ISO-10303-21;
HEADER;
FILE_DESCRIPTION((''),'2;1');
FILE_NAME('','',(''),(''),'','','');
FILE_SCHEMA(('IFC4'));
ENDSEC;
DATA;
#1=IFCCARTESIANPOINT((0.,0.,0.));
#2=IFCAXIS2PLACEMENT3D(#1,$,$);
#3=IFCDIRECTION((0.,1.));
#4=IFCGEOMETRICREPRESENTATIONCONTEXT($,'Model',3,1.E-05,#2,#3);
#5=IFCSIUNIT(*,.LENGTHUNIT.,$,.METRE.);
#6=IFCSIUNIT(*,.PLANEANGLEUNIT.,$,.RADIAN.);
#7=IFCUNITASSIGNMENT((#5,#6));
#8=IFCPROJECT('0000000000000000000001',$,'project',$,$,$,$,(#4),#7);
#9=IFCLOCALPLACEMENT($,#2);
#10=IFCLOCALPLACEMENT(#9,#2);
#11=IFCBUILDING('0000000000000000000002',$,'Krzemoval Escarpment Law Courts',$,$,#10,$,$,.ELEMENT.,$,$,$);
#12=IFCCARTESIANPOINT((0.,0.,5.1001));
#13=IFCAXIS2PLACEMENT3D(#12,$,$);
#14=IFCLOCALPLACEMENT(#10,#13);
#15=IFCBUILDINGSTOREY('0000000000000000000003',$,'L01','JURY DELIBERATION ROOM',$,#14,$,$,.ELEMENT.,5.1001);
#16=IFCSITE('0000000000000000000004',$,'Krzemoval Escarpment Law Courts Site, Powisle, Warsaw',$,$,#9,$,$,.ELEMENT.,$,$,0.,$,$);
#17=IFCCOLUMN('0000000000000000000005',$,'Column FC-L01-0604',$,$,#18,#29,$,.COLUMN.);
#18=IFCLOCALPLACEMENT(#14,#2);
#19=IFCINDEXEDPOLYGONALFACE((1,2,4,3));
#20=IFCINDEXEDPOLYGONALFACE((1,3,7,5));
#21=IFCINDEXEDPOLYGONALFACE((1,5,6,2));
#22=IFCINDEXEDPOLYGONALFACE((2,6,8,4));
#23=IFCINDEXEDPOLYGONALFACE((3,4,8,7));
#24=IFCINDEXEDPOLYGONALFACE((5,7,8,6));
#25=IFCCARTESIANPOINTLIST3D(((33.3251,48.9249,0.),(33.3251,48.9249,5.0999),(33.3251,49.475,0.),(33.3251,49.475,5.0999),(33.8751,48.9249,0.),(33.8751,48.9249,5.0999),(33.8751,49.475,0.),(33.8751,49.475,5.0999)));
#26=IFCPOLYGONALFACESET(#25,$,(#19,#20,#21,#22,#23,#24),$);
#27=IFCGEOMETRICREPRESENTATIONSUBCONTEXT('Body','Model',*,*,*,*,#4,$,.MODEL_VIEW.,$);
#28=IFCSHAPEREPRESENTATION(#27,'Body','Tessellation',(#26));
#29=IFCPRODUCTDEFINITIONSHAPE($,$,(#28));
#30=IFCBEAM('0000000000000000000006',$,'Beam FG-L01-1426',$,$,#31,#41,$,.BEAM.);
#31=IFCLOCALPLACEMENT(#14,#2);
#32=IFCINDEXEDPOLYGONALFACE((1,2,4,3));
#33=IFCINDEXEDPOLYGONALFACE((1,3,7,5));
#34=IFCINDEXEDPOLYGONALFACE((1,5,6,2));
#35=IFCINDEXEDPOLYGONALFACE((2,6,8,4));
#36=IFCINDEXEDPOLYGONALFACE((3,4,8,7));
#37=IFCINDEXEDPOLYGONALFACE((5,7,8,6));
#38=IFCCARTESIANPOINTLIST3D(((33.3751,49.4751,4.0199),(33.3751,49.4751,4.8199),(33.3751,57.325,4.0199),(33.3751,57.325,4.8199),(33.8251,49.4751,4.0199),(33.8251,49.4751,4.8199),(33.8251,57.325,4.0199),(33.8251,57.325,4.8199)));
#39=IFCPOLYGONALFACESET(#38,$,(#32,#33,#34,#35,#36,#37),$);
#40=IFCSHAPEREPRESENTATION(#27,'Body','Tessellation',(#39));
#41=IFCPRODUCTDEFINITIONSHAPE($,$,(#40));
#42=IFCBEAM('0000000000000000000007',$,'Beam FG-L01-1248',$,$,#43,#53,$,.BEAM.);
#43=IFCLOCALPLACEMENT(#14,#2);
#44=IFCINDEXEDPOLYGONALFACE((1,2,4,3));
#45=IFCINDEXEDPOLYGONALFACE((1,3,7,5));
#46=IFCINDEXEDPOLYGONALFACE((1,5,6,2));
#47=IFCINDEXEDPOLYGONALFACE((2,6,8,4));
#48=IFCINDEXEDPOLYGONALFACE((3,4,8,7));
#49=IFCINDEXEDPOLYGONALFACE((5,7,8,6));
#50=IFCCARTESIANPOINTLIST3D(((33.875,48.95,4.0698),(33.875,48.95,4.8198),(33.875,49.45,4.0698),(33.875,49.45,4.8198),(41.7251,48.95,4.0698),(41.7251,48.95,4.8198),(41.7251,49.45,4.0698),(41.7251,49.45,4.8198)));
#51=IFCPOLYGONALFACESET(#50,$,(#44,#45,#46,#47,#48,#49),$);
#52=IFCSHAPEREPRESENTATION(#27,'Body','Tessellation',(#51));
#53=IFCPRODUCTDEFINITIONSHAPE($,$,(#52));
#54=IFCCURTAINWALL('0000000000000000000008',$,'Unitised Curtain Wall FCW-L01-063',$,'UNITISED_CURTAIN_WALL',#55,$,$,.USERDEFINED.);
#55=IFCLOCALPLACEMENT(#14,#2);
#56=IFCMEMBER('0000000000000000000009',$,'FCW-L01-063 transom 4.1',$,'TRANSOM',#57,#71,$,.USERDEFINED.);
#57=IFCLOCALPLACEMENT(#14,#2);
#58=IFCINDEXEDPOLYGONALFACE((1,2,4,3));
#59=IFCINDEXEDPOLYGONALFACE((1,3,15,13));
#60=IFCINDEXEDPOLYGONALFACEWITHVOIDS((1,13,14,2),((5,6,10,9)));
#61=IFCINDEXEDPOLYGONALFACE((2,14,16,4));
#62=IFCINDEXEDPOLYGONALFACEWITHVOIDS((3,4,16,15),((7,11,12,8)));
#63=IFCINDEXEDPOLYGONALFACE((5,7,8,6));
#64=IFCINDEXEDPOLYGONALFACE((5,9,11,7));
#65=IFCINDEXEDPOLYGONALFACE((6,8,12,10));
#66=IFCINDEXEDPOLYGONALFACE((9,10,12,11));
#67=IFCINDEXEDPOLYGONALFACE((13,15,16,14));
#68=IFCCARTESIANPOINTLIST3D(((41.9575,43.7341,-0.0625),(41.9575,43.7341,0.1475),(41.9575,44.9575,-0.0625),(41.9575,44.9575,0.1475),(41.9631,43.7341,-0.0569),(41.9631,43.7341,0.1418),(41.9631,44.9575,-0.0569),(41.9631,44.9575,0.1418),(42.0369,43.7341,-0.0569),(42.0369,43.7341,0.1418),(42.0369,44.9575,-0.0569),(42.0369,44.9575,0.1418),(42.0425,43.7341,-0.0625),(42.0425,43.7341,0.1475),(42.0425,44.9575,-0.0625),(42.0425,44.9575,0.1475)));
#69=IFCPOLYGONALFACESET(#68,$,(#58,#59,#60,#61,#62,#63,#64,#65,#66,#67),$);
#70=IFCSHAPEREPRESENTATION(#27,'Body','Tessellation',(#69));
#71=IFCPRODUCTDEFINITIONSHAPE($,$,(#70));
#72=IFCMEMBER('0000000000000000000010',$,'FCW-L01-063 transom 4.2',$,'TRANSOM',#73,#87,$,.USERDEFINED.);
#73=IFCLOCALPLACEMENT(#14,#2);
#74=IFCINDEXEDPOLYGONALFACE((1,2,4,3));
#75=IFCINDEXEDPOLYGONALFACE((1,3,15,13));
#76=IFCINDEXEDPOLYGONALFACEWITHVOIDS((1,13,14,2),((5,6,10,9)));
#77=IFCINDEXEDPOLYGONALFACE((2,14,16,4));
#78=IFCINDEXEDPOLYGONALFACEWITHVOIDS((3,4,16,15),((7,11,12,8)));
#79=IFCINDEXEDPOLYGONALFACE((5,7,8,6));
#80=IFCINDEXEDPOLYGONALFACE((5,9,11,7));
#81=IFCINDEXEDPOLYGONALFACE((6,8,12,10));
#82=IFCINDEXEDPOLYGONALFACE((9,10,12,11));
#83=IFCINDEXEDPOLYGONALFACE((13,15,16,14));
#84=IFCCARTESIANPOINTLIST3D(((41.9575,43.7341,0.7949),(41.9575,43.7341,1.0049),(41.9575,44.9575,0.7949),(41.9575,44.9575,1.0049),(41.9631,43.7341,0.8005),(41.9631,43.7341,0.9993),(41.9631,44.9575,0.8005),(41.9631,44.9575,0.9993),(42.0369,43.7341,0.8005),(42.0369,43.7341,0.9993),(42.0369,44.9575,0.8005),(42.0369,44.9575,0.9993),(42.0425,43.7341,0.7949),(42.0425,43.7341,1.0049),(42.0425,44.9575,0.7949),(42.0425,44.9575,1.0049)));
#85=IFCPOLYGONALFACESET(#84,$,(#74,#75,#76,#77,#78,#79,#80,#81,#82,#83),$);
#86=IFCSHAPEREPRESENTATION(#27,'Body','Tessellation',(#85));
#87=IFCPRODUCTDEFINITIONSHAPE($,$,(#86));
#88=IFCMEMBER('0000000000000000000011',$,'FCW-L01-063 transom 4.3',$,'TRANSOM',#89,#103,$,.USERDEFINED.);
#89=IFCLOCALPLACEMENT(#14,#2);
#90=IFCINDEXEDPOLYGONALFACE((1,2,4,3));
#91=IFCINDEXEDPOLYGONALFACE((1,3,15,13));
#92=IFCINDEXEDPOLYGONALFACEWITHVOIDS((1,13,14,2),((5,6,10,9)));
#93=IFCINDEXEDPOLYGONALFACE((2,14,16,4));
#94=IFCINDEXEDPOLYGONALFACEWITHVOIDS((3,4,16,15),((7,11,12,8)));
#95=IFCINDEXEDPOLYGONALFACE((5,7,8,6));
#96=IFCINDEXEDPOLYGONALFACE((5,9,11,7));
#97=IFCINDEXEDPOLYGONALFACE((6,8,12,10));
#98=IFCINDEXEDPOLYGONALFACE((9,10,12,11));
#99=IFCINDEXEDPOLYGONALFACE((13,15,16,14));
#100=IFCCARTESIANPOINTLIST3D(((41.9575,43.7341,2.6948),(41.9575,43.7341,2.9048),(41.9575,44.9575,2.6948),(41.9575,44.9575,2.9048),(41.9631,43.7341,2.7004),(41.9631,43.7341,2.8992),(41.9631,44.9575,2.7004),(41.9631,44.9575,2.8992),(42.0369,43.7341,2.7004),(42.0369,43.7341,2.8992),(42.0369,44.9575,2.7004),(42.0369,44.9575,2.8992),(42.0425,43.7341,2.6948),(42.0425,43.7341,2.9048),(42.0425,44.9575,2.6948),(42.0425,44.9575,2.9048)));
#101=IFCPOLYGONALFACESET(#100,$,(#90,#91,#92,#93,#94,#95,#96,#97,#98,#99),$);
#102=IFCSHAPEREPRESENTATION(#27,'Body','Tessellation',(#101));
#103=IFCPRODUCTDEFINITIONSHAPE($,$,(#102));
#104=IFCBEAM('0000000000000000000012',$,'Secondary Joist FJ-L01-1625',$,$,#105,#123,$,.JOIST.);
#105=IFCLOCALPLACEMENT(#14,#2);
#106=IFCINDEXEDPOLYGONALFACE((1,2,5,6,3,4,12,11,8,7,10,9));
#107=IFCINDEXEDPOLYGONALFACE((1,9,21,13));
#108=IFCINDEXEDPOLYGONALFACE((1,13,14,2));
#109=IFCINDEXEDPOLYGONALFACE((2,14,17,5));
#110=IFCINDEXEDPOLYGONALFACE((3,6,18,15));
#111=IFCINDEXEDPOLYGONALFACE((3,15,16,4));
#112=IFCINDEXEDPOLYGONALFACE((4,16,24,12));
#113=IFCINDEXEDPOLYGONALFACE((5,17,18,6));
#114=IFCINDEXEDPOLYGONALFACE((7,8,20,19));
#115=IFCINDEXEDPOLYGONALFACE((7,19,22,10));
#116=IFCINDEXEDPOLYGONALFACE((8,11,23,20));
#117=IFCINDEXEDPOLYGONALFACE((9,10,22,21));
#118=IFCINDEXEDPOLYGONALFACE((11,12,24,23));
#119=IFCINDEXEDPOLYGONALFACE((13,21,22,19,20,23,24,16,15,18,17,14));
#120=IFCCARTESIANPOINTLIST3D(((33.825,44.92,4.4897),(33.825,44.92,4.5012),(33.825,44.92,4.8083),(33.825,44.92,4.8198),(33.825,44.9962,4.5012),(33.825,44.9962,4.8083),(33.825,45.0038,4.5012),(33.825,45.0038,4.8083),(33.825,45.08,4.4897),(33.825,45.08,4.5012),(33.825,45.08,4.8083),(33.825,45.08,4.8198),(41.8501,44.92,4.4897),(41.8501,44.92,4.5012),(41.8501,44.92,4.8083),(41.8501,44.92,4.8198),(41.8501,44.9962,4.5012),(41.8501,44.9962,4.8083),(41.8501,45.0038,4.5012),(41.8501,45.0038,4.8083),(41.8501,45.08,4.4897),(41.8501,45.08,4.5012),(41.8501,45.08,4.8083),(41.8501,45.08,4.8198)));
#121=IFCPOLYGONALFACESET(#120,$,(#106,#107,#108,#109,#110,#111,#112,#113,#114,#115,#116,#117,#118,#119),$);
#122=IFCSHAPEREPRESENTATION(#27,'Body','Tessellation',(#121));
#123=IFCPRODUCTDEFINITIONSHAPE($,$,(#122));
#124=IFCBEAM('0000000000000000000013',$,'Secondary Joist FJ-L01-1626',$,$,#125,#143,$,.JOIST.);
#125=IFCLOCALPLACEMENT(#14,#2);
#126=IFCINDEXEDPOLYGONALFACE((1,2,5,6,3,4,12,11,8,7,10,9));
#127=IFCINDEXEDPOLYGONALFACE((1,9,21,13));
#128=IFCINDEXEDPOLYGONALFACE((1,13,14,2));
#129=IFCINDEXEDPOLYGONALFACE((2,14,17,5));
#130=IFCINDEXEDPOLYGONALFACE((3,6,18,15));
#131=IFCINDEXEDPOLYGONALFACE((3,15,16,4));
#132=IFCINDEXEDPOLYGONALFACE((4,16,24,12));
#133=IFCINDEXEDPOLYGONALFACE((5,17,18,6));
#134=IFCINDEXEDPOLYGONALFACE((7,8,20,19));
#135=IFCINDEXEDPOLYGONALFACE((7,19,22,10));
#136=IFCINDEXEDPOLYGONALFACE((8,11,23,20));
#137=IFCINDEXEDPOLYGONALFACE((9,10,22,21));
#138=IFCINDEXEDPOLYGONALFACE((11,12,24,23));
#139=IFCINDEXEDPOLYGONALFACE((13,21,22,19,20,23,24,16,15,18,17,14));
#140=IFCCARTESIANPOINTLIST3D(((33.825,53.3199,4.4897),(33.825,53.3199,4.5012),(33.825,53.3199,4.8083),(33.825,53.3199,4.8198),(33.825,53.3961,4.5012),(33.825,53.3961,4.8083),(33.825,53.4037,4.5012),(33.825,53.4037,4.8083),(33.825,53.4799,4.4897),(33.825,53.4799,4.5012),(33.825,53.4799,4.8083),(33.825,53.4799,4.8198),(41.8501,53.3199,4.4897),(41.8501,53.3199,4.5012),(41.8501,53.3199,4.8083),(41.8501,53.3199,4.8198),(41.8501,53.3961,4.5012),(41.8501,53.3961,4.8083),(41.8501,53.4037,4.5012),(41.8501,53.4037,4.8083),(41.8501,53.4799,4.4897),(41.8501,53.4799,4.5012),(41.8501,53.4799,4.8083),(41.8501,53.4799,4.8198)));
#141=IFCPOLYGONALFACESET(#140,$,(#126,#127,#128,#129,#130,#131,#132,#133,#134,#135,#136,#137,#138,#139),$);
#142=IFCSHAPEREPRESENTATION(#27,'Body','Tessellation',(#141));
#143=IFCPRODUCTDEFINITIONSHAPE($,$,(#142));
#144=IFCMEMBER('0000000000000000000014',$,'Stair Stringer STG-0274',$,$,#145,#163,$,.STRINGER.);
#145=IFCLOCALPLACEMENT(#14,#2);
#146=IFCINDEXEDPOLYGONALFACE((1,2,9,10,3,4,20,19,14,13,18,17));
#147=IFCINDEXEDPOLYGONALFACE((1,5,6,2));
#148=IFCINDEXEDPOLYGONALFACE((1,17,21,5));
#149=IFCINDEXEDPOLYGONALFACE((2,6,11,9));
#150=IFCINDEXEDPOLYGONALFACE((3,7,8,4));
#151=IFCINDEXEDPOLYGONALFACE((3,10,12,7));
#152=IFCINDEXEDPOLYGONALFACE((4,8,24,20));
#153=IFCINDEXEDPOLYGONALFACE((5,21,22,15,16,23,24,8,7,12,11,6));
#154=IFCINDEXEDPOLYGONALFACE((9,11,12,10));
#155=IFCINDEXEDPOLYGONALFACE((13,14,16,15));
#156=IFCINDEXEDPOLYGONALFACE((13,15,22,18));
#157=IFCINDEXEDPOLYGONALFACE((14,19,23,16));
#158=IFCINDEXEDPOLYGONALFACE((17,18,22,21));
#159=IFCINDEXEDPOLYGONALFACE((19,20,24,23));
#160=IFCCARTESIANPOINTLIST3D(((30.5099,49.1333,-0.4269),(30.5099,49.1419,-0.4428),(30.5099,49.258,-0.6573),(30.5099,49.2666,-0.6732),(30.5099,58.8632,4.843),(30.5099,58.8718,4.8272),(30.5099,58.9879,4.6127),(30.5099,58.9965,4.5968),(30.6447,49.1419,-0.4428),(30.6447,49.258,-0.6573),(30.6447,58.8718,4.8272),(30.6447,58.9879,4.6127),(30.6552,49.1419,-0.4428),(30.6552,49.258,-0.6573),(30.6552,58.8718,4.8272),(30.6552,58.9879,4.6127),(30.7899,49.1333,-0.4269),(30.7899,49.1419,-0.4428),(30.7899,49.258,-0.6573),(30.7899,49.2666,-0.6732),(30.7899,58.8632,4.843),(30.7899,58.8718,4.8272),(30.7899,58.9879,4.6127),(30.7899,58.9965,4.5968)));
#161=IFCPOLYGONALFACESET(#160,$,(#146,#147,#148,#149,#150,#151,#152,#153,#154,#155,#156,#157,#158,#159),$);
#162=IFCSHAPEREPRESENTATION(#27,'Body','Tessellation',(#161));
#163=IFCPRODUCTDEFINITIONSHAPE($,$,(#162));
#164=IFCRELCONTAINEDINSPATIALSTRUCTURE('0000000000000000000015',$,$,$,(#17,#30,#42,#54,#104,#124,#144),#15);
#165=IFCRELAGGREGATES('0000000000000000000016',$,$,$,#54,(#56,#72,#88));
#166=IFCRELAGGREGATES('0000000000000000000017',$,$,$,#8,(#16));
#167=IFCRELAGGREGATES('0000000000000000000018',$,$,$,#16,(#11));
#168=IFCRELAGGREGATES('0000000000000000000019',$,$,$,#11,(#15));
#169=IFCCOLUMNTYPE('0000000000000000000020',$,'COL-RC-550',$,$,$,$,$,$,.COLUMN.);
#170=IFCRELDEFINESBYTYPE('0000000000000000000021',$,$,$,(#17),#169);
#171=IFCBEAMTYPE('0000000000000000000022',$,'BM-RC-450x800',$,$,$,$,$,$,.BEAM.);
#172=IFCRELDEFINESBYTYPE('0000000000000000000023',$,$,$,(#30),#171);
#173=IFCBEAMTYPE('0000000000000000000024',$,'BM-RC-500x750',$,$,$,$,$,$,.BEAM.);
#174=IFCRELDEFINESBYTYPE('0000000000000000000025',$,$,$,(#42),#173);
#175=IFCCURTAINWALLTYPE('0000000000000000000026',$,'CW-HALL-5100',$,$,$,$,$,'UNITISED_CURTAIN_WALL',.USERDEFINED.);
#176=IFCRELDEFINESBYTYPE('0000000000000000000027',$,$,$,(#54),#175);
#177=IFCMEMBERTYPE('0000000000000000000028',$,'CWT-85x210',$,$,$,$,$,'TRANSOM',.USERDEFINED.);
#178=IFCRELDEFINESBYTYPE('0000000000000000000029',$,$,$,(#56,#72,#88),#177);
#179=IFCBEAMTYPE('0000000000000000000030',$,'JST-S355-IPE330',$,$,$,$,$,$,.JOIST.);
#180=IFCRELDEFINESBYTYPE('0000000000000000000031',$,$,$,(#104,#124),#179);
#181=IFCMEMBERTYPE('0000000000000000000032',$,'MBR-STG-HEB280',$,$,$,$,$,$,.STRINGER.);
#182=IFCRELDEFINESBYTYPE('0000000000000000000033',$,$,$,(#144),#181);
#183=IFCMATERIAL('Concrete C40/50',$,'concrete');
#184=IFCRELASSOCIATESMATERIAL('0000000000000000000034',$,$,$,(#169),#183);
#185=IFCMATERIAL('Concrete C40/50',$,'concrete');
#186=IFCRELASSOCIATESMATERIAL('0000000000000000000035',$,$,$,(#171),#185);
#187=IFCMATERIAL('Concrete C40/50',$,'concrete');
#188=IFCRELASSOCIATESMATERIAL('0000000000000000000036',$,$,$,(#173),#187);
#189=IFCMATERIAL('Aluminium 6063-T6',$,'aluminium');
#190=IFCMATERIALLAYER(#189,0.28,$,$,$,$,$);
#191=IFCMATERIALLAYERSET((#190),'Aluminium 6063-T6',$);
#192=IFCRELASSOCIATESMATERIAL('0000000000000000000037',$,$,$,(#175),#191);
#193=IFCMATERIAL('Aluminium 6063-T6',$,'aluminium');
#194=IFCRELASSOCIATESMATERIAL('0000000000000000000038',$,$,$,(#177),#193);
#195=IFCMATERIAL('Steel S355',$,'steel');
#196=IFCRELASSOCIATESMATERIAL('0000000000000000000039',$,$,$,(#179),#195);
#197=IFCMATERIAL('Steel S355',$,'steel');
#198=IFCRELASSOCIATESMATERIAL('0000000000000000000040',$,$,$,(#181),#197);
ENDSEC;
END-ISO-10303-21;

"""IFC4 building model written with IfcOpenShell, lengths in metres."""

from ifc_helpers import new_model, si_unit, direction, frame, origin, origin_2d, place, context, subcontext, project, spatial, rectangle, hollow_rectangle, i_section, extrude, material, layer, layer_set, material_profile, profile_set, type_object, element, aggregate, save


model = new_model("IFC4")

# Units and contexts
model_context = context("Model", 3, precision=1e-05, world=origin(), true_north=direction((0.0, 1.0)))
body_context = subcontext(model_context, "Body", "Model", "MODEL_VIEW")
ifc_project = project(units=[si_unit("LENGTHUNIT", "METRE"), si_unit("PLANEANGLEUNIT", "RADIAN")], contexts=[model_context])

# Site, building, storey
site_placement = place(None, origin())
site = spatial("IfcSite", under=ifc_project, at=site_placement, Name="Krzemoval Escarpment Law Courts Site, Powisle, Warsaw", CompositionType="ELEMENT", RefElevation=0.0)
building_placement = place(site_placement, origin())
building = spatial("IfcBuilding", under=site, at=building_placement, Name="Krzemoval Escarpment Law Courts", CompositionType="ELEMENT")
storey_placement = place(building_placement, frame((0.0, 0.0, 5.1001)))
storey = spatial("IfcBuildingStorey", under=building, at=storey_placement, Name="L01", Description="JURY DELIBERATION ROOM", CompositionType="ELEMENT", Elevation=5.1001)

# Column
ifc_material_1 = material(Name="Concrete C40/50", Category="concrete")
ifc_material_profile_1 = material_profile(ifc_material_1, rectangle(XDim=0.55, YDim=0.55, at=origin_2d()), Name="RC 550x550")
ifc_profile_set_1 = profile_set([ifc_material_profile_1], Name="Concrete C40/50")
column_type = type_object("IfcColumnType", Name="COL-RC-550", PredefinedType="COLUMN", material=ifc_profile_set_1)
column_placement = place(storey_placement, frame((33.6001, 49.2, 0.0), z_axis=(0.0, 0.0, 1.0), x_axis=(1.0, 0.0, 0.0)))
element("IfcColumn", 1, at=column_placement, inside=storey, type_object=column_type, Name="Column FC-L01-0604", PredefinedType="COLUMN", context=body_context, shape_type="SweptSolid", body=[
    extrude(rectangle(XDim=0.55, YDim=0.55, at=origin_2d()), origin(), (0.0, 0.0, 1.0), 5.0999),
])

# Beams
ifc_material_2 = material(Name="Concrete C40/50", Category="concrete")
ifc_material_profile_2 = material_profile(ifc_material_2, rectangle(XDim=0.45, YDim=0.8, at=origin_2d()), Name="RCB 450x800")
ifc_profile_set_2 = profile_set([ifc_material_profile_2], Name="Concrete C40/50")
beam_type_1 = type_object("IfcBeamType", Name="BM-RC-450x800", PredefinedType="BEAM", material=ifc_profile_set_2)
beam_1_placement = place(storey_placement, frame((33.6001, 49.4751, 4.4199), z_axis=(0.0, 1.0, 0.0), x_axis=(-1.0, 0.0, 0.0)))
element("IfcBeam", 2, at=beam_1_placement, inside=storey, type_object=beam_type_1, Name="Beam FG-L01-1426", PredefinedType="BEAM", context=body_context, shape_type="SweptSolid", body=[
    extrude(rectangle(XDim=0.45, YDim=0.8, at=origin_2d()), origin(), (0.0, 0.0, 1.0), 7.8499),
])
ifc_material_3 = material(Name="Concrete C40/50", Category="concrete")
ifc_material_profile_3 = material_profile(ifc_material_3, rectangle(XDim=0.5, YDim=0.75, at=origin_2d()), Name="RCB 500x750")
ifc_profile_set_3 = profile_set([ifc_material_profile_3], Name="Concrete C40/50")
beam_type_2 = type_object("IfcBeamType", Name="BM-RC-500x750", PredefinedType="BEAM", material=ifc_profile_set_3)
beam_2_placement = place(storey_placement, frame((33.875, 49.2, 4.4448), z_axis=(1.0, 0.0, 0.0), x_axis=(0.0, 1.0, 0.0)))
element("IfcBeam", 3, at=beam_2_placement, inside=storey, type_object=beam_type_2, Name="Beam FG-L01-1248", PredefinedType="BEAM", context=body_context, shape_type="SweptSolid", body=[
    extrude(rectangle(XDim=0.5, YDim=0.75, at=origin_2d()), origin(), (0.0, 0.0, 1.0), 7.8501),
])

# Curtain wall, members
ifc_material_4 = material(Name="Aluminium 6063-T6", Category="aluminium")
ifc_layer_1 = layer(ifc_material_4, 0.28)
ifc_layer_set_1 = layer_set([ifc_layer_1], Name="Aluminium 6063-T6")
curtain_wall_type = type_object("IfcCurtainWallType", Name="CW-HALL-5100", ElementType="UNITISED_CURTAIN_WALL", PredefinedType="USERDEFINED", material=ifc_layer_set_1)
curtain_wall_placement = place(storey_placement, origin())
curtain_wall = element("IfcCurtainWall", 4, at=curtain_wall_placement, inside=storey, type_object=curtain_wall_type, Name="Unitised Curtain Wall FCW-L01-063", ObjectType="UNITISED_CURTAIN_WALL", PredefinedType="USERDEFINED")
ifc_material_5 = material(Name="Aluminium 6063-T6", Category="aluminium")
ifc_material_profile_4 = material_profile(ifc_material_5, hollow_rectangle(XDim=0.085, YDim=0.21, WallThickness=0.0056, at=origin_2d()), Name="ALU T85x210")
ifc_profile_set_4 = profile_set([ifc_material_profile_4], Name="Aluminium 6063-T6")
member_type_1 = type_object("IfcMemberType", Name="CWT-85x210", ElementType="TRANSOM", PredefinedType="USERDEFINED", material=ifc_profile_set_4)
member_1_placement = place(storey_placement, frame((42.0, 44.9575, 0.0425), z_axis=(0.0, -1.0, 0.0), x_axis=(1.0, 0.0, 0.0)))
member_1 = element("IfcMember", 5, at=member_1_placement, type_object=member_type_1, Name="FCW-L01-063 transom 4.1", ObjectType="TRANSOM", PredefinedType="USERDEFINED", context=body_context, shape_type="SweptSolid", body=[
    extrude(hollow_rectangle(XDim=0.085, YDim=0.21, WallThickness=0.0056, at=origin_2d()), origin(), (0.0, 0.0, 1.0), 1.2234),
])
member_2_placement = place(storey_placement, frame((42.0, 44.9575, 0.8999), z_axis=(0.0, -1.0, 0.0), x_axis=(1.0, 0.0, 0.0)))
member_2 = element("IfcMember", 6, at=member_2_placement, type_object=member_type_1, Name="FCW-L01-063 transom 4.2", ObjectType="TRANSOM", PredefinedType="USERDEFINED", context=body_context, shape_type="SweptSolid", body=[
    extrude(hollow_rectangle(XDim=0.085, YDim=0.21, WallThickness=0.0056, at=origin_2d()), origin(), (0.0, 0.0, 1.0), 1.2234),
])
member_3_placement = place(storey_placement, frame((42.0, 44.9575, 2.7998), z_axis=(0.0, -1.0, 0.0), x_axis=(1.0, 0.0, 0.0)))
member_3 = element("IfcMember", 7, at=member_3_placement, type_object=member_type_1, Name="FCW-L01-063 transom 4.3", ObjectType="TRANSOM", PredefinedType="USERDEFINED", context=body_context, shape_type="SweptSolid", body=[
    extrude(hollow_rectangle(XDim=0.085, YDim=0.21, WallThickness=0.0056, at=origin_2d()), origin(), (0.0, 0.0, 1.0), 1.2234),
])

# Beams
ifc_material_6 = material(Name="Steel S355", Category="steel")
ifc_material_profile_5 = material_profile(ifc_material_6, i_section(OverallWidth=0.1599, OverallDepth=0.3301, WebThickness=0.0076, FlangeThickness=0.0115, at=origin_2d()), Name="IPE 330")
ifc_profile_set_5 = profile_set([ifc_material_profile_5], Name="Steel S355")
beam_type_3 = type_object("IfcBeamType", Name="JST-S355-IPE330", PredefinedType="JOIST", material=ifc_profile_set_5)
for number, where, z_axis, x_axis, name in (
    (8, (33.825, 45.0, 4.6548), (1.0, 0.0, 0.0), (0.0, 1.0, 0.0), "Secondary Joist FJ-L01-1625"),
    (9, (33.825, 53.3999, 4.6548), (1.0, 0.0, 0.0), (0.0, 1.0, 0.0), "Secondary Joist FJ-L01-1626"),
):
    element("IfcBeam", number, at=place(storey_placement, frame(where, z_axis=z_axis, x_axis=x_axis)), inside=storey, type_object=beam_type_3, Name=name, PredefinedType="JOIST", context=body_context, shape_type="SweptSolid", body=[
        extrude(i_section(OverallWidth=0.1599, OverallDepth=0.3301, WebThickness=0.0076, FlangeThickness=0.0115, at=origin_2d()), origin(), (0.0, 0.0, 1.0), 8.0251),
    ])

# Member
ifc_material_7 = material(Name="Steel S355", Category="steel")
ifc_material_profile_6 = material_profile(ifc_material_7, i_section(OverallWidth=0.28, OverallDepth=0.28, WebThickness=0.0105, FlangeThickness=0.0181, at=origin_2d()), Name="HEB 280")
ifc_profile_set_6 = profile_set([ifc_material_profile_6], Name="Steel S355")
member_type_2 = type_object("IfcMemberType", Name="MBR-STG-HEB280", PredefinedType="STRINGER", material=ifc_profile_set_6)
member_4_placement = place(storey_placement, frame((30.6499, 49.2, -0.55), z_axis=(0.0, 0.879307, 0.476256), x_axis=(-1.0, 0.0, 0.0)))
element("IfcMember", 10, at=member_4_placement, inside=storey, type_object=member_type_2, Name="Stair Stringer STG-0274", PredefinedType="STRINGER", context=body_context, shape_type="SweptSolid", body=[
    extrude(i_section(OverallWidth=0.28, OverallDepth=0.28, WebThickness=0.0105, FlangeThickness=0.0181, at=origin_2d()), origin(), (0.0, 0.0, 1.0), 11.0654),
])

aggregate(curtain_wall, [member_1, member_2, member_3])

save(model, "model.ifc")
